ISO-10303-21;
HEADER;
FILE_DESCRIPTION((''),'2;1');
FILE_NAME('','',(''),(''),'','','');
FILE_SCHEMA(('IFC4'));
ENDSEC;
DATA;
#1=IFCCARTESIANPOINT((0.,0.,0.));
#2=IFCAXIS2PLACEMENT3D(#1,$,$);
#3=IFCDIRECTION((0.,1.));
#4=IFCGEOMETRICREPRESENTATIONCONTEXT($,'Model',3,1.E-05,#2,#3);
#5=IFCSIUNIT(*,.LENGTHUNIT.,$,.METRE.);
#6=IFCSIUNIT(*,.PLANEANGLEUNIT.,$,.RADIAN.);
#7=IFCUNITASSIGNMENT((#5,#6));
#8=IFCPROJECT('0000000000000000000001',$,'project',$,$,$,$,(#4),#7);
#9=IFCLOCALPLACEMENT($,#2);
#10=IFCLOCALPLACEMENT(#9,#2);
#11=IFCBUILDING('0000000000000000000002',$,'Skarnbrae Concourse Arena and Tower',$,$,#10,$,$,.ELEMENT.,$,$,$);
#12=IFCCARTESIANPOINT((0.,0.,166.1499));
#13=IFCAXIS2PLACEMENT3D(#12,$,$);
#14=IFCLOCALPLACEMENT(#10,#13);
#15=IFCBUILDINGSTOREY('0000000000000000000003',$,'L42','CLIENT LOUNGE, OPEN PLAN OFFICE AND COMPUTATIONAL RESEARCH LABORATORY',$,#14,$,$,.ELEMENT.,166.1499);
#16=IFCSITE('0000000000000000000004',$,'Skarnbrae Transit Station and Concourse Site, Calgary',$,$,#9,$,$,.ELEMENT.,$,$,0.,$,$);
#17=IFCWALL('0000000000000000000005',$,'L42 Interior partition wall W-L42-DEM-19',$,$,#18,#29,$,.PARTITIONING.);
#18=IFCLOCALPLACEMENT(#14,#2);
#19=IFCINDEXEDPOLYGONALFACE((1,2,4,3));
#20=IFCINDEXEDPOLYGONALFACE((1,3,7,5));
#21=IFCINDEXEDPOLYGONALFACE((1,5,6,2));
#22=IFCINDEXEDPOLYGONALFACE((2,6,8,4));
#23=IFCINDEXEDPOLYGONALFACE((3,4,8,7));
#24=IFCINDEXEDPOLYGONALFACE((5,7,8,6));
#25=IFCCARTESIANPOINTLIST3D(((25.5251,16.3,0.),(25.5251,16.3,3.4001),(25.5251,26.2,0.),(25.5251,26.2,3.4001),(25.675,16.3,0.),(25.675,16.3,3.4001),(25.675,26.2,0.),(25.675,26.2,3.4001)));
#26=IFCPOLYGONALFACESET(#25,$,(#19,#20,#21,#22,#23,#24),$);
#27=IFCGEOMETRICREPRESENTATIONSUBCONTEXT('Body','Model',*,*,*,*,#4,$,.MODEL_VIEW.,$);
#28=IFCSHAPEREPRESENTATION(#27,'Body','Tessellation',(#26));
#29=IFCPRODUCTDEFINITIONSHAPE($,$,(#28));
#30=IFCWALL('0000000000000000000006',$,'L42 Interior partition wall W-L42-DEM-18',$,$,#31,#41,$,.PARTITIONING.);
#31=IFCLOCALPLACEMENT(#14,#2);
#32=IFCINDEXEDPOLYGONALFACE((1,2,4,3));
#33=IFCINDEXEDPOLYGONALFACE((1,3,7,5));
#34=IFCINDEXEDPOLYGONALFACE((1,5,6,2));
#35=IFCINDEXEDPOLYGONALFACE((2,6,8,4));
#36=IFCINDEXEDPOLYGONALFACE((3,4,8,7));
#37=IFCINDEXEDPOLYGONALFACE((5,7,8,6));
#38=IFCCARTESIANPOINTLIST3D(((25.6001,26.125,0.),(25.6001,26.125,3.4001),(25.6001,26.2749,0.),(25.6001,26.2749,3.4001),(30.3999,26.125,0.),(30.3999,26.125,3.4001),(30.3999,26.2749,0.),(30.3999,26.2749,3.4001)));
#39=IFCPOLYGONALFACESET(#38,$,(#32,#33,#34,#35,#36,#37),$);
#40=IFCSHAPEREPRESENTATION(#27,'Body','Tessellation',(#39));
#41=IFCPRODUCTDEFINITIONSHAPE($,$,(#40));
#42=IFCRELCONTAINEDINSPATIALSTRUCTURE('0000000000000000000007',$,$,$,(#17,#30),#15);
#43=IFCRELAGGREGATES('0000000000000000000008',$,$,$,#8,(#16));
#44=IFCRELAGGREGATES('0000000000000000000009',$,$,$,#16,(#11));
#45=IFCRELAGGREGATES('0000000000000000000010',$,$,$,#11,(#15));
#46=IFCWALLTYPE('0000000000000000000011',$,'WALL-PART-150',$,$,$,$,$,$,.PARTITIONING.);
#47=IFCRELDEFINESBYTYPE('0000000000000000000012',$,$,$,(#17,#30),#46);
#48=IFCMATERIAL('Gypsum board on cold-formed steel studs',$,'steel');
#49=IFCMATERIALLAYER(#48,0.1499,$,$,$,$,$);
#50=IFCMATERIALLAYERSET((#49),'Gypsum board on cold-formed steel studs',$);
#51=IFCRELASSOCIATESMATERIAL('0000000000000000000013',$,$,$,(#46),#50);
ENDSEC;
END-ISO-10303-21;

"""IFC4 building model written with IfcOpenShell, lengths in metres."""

from ifc_helpers import new_model, si_unit, direction, frame, frame_2d, origin, place, context, subcontext, project, spatial, rectangle, extrude, source, transform, mapped, material, layer, layer_set, type_object, element, save


model = new_model("IFC4")

# Units and contexts
model_context = context("Model", 3, precision=1e-05, world=origin(), true_north=direction((0.0, 1.0)))
body_context = subcontext(model_context, "Body", "Model", "MODEL_VIEW")
ifc_project = project(units=[si_unit("LENGTHUNIT", "METRE"), si_unit("PLANEANGLEUNIT", "RADIAN")], contexts=[model_context])

# Site, building, storey
site_placement = place(None, origin())
site = spatial("IfcSite", under=ifc_project, at=site_placement, Name="Skarnbrae Transit Station and Concourse Site, Calgary", CompositionType="ELEMENT", RefElevation=0.0)
building_placement = place(site_placement, origin())
building = spatial("IfcBuilding", under=site, at=building_placement, Name="Skarnbrae Concourse Arena and Tower", CompositionType="ELEMENT")
storey_placement = place(building_placement, frame((0.0, 0.0, 166.1499)))
storey = spatial("IfcBuildingStorey", under=building, at=storey_placement, Name="L42", Description="CLIENT LOUNGE, OPEN PLAN OFFICE AND COMPUTATIONAL RESEARCH LABORATORY", CompositionType="ELEMENT", Elevation=166.1499)

# Shared definitions
ifc_material_1 = material(Name="Gypsum board on cold-formed steel studs", Category="steel")

# Walls
ifc_layer_1 = layer(ifc_material_1, 0.1499)
ifc_layer_set_1 = layer_set([ifc_layer_1], Name="Gypsum board on cold-formed steel studs")
wall_type_1 = type_object("IfcWallType", Name="WALL-PART-150", PredefinedType="PARTITIONING", material=ifc_layer_set_1)
shared_shape_1 = source(origin(), body_context, "Body", "SweptSolid", [
    extrude(rectangle(XDim=9.8999, YDim=0.1499, at=frame_2d((4.95, 0.0))), origin(), (0.0, 0.0, 1.0), 3.4001),
])
wall_1_placement = place(storey_placement, frame((25.6001, 26.2, 0.0), z_axis=(0.0, 0.0, 1.0), x_axis=(0.0, -1.0, 0.0)))
element("IfcWall", 1, at=wall_1_placement, inside=storey, type_object=wall_type_1, Name="L42 Interior partition wall W-L42-DEM-19", PredefinedType="PARTITIONING", context=body_context, shape_type="MappedRepresentation", body=[
    mapped(shared_shape_1, transform((0.0, 0.0, 0.0))),
])
shared_shape_2 = source(origin(), body_context, "Body", "SweptSolid", [
    extrude(rectangle(XDim=4.7998, YDim=0.1499, at=frame_2d((2.3999, 0.0))), origin(), (0.0, 0.0, 1.0), 3.4001),
])
wall_2_placement = place(storey_placement, frame((30.3999, 26.2, 0.0), z_axis=(0.0, 0.0, 1.0), x_axis=(-1.0, 0.0, 0.0)))
element("IfcWall", 2, at=wall_2_placement, inside=storey, type_object=wall_type_1, Name="L42 Interior partition wall W-L42-DEM-18", PredefinedType="PARTITIONING", context=body_context, shape_type="MappedRepresentation", body=[
    mapped(shared_shape_2, transform((0.0, 0.0, 0.0))),
])

save(model, "model.ifc")
